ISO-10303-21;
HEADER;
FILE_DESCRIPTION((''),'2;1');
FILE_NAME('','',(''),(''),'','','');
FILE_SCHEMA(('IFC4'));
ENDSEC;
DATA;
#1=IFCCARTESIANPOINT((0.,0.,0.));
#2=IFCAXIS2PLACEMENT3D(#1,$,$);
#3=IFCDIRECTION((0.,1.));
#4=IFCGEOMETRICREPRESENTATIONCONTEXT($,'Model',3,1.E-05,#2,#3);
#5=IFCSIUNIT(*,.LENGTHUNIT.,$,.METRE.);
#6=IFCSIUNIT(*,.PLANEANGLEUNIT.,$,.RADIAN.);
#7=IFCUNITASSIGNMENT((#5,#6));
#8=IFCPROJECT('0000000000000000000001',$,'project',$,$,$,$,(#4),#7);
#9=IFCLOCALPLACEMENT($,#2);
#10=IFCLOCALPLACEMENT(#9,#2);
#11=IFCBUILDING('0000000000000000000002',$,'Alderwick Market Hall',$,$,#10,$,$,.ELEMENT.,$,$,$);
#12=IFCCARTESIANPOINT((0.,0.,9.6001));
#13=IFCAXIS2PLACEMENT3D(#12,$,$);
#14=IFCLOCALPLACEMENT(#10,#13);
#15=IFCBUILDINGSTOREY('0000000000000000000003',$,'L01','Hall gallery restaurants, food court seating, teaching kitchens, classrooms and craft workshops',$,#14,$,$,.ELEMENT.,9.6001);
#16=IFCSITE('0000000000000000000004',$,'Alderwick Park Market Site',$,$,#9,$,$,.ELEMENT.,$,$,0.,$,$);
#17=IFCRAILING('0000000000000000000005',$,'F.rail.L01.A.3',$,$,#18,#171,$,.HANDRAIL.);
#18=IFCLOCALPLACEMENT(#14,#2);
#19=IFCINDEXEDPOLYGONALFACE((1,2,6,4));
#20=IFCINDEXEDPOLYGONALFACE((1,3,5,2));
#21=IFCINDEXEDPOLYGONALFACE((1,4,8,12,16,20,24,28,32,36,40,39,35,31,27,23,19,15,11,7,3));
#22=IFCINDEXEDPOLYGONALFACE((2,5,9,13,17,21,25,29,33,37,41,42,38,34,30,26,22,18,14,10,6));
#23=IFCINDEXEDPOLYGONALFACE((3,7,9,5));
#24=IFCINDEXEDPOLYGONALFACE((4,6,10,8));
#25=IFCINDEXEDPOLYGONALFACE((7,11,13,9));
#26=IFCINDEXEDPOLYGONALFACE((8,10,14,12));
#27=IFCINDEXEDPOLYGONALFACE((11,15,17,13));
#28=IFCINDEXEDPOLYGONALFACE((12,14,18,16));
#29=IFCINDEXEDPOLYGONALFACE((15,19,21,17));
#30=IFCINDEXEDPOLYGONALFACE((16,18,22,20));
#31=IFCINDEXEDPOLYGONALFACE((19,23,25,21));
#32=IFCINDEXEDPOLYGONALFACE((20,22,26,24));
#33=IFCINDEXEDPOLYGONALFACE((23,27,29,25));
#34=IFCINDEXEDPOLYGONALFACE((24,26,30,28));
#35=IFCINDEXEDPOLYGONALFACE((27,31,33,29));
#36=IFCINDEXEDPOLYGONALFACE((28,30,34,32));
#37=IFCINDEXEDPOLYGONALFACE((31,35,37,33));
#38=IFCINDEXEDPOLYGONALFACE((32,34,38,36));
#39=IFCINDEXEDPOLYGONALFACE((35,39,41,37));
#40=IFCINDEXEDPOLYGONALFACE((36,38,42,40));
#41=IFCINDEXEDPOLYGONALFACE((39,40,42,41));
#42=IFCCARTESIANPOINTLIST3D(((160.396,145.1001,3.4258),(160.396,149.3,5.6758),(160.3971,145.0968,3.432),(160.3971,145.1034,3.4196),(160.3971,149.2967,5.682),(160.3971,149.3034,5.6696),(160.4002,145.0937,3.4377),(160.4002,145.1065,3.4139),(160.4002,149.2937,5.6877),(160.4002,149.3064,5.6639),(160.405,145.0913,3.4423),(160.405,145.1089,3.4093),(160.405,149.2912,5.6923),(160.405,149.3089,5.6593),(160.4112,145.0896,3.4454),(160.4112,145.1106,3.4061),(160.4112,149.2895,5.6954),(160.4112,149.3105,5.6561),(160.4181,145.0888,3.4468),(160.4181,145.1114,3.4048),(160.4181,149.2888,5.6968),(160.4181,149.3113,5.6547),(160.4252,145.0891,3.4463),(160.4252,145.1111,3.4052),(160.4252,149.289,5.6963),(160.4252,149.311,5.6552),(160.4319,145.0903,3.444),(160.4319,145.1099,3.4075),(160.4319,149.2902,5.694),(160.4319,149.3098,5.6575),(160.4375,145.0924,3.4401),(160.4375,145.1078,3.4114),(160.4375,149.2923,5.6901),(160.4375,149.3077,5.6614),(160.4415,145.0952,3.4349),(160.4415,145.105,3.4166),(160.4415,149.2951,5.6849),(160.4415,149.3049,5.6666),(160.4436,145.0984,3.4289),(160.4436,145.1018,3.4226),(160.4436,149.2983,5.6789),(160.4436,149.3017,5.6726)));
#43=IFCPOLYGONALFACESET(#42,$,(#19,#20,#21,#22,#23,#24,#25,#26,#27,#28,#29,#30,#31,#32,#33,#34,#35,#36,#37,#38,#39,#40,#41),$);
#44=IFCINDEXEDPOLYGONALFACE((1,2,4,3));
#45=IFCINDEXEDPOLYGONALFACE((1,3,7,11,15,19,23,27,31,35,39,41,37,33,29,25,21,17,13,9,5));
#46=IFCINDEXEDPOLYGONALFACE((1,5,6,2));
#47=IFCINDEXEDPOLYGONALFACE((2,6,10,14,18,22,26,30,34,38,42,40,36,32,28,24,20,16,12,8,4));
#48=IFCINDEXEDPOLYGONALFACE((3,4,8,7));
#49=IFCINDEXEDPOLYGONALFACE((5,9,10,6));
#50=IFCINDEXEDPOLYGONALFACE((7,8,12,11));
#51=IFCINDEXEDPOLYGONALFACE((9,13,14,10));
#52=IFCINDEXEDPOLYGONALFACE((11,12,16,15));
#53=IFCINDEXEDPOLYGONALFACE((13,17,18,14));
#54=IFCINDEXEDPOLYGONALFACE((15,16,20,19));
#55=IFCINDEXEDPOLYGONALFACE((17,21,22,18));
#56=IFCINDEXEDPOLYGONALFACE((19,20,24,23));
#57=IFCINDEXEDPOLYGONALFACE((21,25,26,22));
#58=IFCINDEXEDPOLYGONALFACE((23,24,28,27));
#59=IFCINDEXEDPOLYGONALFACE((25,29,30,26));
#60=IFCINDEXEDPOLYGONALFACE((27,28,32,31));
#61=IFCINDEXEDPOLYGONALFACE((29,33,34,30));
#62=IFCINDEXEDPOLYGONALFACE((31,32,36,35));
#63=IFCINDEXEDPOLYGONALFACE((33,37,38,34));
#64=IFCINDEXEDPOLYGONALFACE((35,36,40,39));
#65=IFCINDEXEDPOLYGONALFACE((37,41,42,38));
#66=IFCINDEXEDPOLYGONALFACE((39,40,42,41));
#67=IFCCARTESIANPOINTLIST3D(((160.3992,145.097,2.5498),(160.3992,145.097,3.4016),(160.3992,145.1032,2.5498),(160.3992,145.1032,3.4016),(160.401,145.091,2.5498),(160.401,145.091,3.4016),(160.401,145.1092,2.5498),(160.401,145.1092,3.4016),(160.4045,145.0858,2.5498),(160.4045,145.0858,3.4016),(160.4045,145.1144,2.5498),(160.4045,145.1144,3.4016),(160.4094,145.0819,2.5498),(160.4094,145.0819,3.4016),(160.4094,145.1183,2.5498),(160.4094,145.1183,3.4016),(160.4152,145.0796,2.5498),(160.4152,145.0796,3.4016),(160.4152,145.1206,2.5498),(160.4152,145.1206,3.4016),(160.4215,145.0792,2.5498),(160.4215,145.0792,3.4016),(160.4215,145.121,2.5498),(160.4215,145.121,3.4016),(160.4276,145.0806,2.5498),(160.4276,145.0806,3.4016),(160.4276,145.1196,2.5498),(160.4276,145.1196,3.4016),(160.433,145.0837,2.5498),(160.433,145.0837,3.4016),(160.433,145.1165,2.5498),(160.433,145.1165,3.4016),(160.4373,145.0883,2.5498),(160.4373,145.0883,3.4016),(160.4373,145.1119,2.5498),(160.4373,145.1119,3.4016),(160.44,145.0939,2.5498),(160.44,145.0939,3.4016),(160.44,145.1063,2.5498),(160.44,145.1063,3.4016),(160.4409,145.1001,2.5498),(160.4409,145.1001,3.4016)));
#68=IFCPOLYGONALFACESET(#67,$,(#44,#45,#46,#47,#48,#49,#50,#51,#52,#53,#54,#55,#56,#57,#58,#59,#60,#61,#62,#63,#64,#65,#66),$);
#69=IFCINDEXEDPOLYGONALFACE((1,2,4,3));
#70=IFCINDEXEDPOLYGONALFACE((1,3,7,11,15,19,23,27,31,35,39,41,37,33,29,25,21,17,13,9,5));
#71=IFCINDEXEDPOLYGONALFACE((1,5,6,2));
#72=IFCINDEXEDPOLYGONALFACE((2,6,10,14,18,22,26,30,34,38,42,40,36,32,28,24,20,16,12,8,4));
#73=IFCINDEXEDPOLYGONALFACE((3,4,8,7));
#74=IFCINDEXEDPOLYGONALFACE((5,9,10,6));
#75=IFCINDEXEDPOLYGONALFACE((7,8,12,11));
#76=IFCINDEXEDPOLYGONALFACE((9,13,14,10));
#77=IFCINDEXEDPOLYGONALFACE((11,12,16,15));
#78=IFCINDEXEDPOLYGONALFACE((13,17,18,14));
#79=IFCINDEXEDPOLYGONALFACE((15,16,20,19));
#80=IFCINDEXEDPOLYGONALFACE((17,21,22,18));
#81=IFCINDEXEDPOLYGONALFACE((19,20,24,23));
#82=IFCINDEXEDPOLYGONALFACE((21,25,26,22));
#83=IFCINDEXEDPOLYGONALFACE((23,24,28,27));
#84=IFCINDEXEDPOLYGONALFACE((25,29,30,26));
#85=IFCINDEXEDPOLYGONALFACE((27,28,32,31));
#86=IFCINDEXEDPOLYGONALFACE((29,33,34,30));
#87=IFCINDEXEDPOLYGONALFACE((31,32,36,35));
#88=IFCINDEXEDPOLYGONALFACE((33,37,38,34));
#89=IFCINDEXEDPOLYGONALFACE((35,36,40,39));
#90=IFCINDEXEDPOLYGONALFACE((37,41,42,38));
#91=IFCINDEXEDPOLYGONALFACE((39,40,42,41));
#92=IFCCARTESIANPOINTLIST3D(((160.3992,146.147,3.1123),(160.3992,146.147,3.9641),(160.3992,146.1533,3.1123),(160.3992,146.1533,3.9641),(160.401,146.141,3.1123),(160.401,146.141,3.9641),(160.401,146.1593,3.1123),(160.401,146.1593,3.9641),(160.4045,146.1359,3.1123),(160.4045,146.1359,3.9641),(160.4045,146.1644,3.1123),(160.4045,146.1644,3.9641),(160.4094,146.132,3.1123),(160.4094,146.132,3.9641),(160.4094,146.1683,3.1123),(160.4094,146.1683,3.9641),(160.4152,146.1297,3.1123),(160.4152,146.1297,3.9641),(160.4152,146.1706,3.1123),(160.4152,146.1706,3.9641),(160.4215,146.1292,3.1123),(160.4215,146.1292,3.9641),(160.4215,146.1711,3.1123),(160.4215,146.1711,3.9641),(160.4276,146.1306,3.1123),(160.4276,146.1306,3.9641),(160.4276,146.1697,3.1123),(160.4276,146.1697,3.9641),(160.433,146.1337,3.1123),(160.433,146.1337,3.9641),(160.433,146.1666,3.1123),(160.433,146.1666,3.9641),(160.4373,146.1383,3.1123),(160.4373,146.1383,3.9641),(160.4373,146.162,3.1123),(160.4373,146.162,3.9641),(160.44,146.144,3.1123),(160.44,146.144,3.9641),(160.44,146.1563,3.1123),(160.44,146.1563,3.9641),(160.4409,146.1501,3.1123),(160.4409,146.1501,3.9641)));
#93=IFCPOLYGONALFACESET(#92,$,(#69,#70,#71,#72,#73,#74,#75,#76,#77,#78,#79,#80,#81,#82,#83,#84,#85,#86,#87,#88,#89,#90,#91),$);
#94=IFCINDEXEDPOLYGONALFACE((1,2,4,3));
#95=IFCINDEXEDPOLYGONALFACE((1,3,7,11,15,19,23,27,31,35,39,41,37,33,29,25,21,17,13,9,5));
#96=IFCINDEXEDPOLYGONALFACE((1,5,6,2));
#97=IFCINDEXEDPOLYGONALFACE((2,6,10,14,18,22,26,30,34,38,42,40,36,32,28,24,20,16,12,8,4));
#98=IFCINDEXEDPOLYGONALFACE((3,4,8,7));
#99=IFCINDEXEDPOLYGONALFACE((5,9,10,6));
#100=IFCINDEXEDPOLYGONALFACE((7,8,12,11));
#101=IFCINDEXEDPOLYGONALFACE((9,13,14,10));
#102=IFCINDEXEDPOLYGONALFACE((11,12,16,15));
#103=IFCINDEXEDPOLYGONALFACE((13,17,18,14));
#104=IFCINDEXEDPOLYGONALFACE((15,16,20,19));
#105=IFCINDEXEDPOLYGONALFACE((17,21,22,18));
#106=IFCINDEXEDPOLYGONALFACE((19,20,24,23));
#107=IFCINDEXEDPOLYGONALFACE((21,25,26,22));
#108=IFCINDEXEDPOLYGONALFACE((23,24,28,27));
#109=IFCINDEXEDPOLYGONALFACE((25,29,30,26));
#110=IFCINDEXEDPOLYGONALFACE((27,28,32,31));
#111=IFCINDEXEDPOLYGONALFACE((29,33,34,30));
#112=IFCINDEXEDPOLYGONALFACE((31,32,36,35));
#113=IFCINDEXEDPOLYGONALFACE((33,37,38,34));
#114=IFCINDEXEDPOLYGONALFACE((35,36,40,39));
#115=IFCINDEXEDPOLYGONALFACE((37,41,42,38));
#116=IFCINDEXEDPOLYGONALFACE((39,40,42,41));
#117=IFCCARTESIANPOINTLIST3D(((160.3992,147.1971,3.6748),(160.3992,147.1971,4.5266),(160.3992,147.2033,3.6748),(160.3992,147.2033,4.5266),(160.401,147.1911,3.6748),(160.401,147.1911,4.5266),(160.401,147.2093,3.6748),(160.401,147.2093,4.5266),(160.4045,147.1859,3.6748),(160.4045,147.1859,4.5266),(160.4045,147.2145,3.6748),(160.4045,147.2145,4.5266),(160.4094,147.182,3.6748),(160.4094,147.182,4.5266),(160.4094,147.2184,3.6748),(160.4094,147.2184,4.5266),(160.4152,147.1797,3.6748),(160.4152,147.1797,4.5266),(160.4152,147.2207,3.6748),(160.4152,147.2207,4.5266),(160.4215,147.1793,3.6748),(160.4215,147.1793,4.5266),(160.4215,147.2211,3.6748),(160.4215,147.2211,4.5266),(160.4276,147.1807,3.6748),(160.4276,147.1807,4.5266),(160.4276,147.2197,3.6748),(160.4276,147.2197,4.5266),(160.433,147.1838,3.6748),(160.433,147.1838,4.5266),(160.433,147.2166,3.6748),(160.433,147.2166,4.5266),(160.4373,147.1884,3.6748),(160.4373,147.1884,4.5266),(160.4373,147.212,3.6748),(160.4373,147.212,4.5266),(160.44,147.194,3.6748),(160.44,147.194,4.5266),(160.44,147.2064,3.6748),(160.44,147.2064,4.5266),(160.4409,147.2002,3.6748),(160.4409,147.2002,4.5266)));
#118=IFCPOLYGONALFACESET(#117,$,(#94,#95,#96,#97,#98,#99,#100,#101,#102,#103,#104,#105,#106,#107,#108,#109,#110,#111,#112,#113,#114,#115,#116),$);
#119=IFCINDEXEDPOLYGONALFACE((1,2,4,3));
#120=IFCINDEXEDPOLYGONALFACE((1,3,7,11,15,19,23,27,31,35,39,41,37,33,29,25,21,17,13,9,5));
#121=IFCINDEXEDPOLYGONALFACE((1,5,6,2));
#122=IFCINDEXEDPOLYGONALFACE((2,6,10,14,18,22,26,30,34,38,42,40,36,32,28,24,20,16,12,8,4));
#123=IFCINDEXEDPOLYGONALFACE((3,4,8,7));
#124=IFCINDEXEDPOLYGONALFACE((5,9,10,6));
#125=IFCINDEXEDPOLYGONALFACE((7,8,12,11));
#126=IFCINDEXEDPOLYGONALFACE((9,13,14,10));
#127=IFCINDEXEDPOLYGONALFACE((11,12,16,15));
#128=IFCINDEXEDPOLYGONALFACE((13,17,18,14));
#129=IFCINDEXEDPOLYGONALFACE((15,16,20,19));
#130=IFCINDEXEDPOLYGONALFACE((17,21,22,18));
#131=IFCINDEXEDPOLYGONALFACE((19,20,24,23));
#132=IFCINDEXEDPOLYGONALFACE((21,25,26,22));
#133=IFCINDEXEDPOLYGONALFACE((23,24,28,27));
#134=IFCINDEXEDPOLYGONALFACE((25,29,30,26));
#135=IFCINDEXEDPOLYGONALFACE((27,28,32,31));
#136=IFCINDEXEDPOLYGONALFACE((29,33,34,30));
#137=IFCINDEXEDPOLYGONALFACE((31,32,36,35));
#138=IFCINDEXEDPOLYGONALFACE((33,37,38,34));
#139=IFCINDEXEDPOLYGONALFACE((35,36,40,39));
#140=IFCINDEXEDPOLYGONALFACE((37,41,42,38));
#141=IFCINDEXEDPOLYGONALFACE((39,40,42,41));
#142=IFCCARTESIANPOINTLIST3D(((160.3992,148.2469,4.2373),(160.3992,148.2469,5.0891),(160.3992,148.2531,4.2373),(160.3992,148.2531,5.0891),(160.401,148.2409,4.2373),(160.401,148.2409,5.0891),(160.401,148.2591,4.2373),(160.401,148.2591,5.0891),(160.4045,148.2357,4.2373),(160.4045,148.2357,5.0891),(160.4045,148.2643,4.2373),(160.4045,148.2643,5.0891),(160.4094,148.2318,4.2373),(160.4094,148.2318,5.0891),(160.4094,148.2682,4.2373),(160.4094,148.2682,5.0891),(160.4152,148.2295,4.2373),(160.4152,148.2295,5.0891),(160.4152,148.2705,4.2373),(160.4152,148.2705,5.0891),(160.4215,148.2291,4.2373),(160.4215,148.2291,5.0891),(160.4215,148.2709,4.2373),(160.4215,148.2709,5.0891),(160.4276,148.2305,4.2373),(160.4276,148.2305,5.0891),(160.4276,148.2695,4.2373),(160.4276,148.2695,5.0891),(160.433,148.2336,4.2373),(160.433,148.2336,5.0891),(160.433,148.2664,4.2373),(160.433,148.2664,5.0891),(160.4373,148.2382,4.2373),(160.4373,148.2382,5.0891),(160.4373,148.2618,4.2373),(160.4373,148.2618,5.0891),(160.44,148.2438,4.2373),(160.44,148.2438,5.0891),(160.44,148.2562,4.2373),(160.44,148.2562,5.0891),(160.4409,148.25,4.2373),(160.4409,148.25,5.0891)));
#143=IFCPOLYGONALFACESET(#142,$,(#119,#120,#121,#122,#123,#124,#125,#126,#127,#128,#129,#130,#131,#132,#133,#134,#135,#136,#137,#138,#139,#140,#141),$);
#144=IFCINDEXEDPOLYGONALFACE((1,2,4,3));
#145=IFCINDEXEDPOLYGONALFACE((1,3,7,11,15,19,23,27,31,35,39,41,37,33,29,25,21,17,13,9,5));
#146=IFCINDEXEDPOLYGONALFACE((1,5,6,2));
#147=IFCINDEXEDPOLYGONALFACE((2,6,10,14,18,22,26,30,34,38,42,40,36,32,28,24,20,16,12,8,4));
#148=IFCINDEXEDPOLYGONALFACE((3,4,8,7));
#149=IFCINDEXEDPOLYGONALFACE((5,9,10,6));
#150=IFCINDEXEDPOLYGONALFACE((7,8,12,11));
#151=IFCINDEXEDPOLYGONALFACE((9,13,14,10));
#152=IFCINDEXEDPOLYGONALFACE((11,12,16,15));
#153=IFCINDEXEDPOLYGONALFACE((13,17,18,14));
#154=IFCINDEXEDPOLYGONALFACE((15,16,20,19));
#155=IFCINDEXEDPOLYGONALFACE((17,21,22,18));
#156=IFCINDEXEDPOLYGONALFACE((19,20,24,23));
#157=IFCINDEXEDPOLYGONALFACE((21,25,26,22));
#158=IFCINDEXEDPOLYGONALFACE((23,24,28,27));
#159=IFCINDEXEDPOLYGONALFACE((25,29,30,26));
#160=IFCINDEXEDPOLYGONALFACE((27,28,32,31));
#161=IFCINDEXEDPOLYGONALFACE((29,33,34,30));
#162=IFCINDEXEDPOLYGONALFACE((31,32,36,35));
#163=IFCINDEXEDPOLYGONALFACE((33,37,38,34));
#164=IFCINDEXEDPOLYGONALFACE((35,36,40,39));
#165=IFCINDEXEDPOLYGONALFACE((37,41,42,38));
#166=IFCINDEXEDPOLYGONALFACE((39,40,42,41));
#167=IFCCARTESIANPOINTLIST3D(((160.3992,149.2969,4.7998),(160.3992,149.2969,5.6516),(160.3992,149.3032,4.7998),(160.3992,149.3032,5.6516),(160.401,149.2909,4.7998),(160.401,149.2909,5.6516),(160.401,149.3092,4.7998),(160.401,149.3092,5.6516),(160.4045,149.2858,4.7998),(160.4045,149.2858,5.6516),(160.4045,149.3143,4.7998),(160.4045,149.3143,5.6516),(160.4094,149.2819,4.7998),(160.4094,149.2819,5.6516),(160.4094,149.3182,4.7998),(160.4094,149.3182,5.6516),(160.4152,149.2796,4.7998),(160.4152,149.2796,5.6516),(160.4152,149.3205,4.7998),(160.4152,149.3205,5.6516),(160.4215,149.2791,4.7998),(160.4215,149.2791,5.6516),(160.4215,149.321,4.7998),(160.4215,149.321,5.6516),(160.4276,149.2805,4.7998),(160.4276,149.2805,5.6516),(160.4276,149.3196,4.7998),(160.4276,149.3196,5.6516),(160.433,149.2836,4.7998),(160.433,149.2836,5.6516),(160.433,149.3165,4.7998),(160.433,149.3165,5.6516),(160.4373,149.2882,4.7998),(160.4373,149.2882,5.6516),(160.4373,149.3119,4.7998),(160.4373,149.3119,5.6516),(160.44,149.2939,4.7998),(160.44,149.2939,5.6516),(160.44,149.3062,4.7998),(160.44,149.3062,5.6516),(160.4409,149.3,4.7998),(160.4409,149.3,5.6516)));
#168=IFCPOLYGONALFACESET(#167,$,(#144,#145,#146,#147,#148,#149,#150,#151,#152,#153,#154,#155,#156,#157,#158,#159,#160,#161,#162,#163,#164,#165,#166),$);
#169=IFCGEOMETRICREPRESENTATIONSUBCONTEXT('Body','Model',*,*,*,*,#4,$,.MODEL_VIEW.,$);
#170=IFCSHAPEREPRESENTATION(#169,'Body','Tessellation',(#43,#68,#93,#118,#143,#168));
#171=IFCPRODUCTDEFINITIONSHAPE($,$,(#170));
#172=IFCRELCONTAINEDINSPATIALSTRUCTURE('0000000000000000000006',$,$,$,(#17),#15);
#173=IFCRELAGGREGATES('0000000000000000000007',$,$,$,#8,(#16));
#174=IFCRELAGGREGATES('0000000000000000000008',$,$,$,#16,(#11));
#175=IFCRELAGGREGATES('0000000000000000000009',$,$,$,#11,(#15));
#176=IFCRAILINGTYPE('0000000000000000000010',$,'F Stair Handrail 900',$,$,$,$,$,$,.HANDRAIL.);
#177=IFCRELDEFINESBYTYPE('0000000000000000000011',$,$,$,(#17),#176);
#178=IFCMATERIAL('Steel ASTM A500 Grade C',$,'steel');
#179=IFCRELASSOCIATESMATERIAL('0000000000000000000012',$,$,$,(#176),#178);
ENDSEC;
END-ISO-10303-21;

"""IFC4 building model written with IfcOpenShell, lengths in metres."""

from ifc_helpers import new_model, si_unit, direction, frame, origin, origin_2d, place, context, subcontext, project, spatial, circle, extrude, material, type_object, element, save


model = new_model("IFC4")

# Units and contexts
model_context = context("Model", 3, precision=1e-05, world=origin(), true_north=direction((0.0, 1.0)))
body_context = subcontext(model_context, "Body", "Model", "MODEL_VIEW")
ifc_project = project(units=[si_unit("LENGTHUNIT", "METRE"), si_unit("PLANEANGLEUNIT", "RADIAN")], contexts=[model_context])

# Site, building, storey
site_placement = place(None, origin())
site = spatial("IfcSite", under=ifc_project, at=site_placement, Name="Alderwick Park Market Site", CompositionType="ELEMENT", RefElevation=0.0)
building_placement = place(site_placement, origin())
building = spatial("IfcBuilding", under=site, at=building_placement, Name="Alderwick Market Hall", CompositionType="ELEMENT")
storey_placement = place(building_placement, frame((0.0, 0.0, 9.6001)))
storey = spatial("IfcBuildingStorey", under=building, at=storey_placement, Name="L01", Description="Hall gallery restaurants, food court seating, teaching kitchens, classrooms and craft workshops", CompositionType="ELEMENT", Elevation=9.6001)

# Railing
ifc_material_1 = material(Name="Steel ASTM A500 Grade C", Category="steel")
railing_type = type_object("IfcRailingType", Name="F Stair Handrail 900", PredefinedType="HANDRAIL", material=ifc_material_1)
for number, where, name in (
    (1, (160.4199, 145.1001, 2.5498), "F.rail.L01.A.3"),
):
    element("IfcRailing", number, at=place(storey_placement, frame(where)), inside=storey, type_object=railing_type, Name=name, PredefinedType="HANDRAIL", context=body_context, shape_type="SweptSolid", body=[
        extrude(circle(Radius=0.0239, at=origin_2d()), frame((0.0, 0.0, 0.876), z_axis=(0.0, 0.881478, 0.472226), x_axis=(-1.0, 0.0, 0.0)), (0.0, 0.0, 1.0), 4.7646),
        extrude(circle(Radius=0.021, at=origin_2d()), origin(), (0.0, 0.0, 1.0), 0.8518),
        extrude(circle(Radius=0.021, at=origin_2d()), frame((0.0, 1.05, 0.5625)), (0.0, 0.0, 1.0), 0.8518),
        extrude(circle(Radius=0.021, at=origin_2d()), frame((0.0, 2.1001, 1.125)), (0.0, 0.0, 1.0), 0.8518),
        extrude(circle(Radius=0.021, at=origin_2d()), frame((0.0, 3.1499, 1.6875)), (0.0, 0.0, 1.0), 0.8518),
        extrude(circle(Radius=0.021, at=origin_2d()), frame((0.0, 4.2, 2.25)), (0.0, 0.0, 1.0), 0.8518),
    ])

save(model, "model.ifc")
